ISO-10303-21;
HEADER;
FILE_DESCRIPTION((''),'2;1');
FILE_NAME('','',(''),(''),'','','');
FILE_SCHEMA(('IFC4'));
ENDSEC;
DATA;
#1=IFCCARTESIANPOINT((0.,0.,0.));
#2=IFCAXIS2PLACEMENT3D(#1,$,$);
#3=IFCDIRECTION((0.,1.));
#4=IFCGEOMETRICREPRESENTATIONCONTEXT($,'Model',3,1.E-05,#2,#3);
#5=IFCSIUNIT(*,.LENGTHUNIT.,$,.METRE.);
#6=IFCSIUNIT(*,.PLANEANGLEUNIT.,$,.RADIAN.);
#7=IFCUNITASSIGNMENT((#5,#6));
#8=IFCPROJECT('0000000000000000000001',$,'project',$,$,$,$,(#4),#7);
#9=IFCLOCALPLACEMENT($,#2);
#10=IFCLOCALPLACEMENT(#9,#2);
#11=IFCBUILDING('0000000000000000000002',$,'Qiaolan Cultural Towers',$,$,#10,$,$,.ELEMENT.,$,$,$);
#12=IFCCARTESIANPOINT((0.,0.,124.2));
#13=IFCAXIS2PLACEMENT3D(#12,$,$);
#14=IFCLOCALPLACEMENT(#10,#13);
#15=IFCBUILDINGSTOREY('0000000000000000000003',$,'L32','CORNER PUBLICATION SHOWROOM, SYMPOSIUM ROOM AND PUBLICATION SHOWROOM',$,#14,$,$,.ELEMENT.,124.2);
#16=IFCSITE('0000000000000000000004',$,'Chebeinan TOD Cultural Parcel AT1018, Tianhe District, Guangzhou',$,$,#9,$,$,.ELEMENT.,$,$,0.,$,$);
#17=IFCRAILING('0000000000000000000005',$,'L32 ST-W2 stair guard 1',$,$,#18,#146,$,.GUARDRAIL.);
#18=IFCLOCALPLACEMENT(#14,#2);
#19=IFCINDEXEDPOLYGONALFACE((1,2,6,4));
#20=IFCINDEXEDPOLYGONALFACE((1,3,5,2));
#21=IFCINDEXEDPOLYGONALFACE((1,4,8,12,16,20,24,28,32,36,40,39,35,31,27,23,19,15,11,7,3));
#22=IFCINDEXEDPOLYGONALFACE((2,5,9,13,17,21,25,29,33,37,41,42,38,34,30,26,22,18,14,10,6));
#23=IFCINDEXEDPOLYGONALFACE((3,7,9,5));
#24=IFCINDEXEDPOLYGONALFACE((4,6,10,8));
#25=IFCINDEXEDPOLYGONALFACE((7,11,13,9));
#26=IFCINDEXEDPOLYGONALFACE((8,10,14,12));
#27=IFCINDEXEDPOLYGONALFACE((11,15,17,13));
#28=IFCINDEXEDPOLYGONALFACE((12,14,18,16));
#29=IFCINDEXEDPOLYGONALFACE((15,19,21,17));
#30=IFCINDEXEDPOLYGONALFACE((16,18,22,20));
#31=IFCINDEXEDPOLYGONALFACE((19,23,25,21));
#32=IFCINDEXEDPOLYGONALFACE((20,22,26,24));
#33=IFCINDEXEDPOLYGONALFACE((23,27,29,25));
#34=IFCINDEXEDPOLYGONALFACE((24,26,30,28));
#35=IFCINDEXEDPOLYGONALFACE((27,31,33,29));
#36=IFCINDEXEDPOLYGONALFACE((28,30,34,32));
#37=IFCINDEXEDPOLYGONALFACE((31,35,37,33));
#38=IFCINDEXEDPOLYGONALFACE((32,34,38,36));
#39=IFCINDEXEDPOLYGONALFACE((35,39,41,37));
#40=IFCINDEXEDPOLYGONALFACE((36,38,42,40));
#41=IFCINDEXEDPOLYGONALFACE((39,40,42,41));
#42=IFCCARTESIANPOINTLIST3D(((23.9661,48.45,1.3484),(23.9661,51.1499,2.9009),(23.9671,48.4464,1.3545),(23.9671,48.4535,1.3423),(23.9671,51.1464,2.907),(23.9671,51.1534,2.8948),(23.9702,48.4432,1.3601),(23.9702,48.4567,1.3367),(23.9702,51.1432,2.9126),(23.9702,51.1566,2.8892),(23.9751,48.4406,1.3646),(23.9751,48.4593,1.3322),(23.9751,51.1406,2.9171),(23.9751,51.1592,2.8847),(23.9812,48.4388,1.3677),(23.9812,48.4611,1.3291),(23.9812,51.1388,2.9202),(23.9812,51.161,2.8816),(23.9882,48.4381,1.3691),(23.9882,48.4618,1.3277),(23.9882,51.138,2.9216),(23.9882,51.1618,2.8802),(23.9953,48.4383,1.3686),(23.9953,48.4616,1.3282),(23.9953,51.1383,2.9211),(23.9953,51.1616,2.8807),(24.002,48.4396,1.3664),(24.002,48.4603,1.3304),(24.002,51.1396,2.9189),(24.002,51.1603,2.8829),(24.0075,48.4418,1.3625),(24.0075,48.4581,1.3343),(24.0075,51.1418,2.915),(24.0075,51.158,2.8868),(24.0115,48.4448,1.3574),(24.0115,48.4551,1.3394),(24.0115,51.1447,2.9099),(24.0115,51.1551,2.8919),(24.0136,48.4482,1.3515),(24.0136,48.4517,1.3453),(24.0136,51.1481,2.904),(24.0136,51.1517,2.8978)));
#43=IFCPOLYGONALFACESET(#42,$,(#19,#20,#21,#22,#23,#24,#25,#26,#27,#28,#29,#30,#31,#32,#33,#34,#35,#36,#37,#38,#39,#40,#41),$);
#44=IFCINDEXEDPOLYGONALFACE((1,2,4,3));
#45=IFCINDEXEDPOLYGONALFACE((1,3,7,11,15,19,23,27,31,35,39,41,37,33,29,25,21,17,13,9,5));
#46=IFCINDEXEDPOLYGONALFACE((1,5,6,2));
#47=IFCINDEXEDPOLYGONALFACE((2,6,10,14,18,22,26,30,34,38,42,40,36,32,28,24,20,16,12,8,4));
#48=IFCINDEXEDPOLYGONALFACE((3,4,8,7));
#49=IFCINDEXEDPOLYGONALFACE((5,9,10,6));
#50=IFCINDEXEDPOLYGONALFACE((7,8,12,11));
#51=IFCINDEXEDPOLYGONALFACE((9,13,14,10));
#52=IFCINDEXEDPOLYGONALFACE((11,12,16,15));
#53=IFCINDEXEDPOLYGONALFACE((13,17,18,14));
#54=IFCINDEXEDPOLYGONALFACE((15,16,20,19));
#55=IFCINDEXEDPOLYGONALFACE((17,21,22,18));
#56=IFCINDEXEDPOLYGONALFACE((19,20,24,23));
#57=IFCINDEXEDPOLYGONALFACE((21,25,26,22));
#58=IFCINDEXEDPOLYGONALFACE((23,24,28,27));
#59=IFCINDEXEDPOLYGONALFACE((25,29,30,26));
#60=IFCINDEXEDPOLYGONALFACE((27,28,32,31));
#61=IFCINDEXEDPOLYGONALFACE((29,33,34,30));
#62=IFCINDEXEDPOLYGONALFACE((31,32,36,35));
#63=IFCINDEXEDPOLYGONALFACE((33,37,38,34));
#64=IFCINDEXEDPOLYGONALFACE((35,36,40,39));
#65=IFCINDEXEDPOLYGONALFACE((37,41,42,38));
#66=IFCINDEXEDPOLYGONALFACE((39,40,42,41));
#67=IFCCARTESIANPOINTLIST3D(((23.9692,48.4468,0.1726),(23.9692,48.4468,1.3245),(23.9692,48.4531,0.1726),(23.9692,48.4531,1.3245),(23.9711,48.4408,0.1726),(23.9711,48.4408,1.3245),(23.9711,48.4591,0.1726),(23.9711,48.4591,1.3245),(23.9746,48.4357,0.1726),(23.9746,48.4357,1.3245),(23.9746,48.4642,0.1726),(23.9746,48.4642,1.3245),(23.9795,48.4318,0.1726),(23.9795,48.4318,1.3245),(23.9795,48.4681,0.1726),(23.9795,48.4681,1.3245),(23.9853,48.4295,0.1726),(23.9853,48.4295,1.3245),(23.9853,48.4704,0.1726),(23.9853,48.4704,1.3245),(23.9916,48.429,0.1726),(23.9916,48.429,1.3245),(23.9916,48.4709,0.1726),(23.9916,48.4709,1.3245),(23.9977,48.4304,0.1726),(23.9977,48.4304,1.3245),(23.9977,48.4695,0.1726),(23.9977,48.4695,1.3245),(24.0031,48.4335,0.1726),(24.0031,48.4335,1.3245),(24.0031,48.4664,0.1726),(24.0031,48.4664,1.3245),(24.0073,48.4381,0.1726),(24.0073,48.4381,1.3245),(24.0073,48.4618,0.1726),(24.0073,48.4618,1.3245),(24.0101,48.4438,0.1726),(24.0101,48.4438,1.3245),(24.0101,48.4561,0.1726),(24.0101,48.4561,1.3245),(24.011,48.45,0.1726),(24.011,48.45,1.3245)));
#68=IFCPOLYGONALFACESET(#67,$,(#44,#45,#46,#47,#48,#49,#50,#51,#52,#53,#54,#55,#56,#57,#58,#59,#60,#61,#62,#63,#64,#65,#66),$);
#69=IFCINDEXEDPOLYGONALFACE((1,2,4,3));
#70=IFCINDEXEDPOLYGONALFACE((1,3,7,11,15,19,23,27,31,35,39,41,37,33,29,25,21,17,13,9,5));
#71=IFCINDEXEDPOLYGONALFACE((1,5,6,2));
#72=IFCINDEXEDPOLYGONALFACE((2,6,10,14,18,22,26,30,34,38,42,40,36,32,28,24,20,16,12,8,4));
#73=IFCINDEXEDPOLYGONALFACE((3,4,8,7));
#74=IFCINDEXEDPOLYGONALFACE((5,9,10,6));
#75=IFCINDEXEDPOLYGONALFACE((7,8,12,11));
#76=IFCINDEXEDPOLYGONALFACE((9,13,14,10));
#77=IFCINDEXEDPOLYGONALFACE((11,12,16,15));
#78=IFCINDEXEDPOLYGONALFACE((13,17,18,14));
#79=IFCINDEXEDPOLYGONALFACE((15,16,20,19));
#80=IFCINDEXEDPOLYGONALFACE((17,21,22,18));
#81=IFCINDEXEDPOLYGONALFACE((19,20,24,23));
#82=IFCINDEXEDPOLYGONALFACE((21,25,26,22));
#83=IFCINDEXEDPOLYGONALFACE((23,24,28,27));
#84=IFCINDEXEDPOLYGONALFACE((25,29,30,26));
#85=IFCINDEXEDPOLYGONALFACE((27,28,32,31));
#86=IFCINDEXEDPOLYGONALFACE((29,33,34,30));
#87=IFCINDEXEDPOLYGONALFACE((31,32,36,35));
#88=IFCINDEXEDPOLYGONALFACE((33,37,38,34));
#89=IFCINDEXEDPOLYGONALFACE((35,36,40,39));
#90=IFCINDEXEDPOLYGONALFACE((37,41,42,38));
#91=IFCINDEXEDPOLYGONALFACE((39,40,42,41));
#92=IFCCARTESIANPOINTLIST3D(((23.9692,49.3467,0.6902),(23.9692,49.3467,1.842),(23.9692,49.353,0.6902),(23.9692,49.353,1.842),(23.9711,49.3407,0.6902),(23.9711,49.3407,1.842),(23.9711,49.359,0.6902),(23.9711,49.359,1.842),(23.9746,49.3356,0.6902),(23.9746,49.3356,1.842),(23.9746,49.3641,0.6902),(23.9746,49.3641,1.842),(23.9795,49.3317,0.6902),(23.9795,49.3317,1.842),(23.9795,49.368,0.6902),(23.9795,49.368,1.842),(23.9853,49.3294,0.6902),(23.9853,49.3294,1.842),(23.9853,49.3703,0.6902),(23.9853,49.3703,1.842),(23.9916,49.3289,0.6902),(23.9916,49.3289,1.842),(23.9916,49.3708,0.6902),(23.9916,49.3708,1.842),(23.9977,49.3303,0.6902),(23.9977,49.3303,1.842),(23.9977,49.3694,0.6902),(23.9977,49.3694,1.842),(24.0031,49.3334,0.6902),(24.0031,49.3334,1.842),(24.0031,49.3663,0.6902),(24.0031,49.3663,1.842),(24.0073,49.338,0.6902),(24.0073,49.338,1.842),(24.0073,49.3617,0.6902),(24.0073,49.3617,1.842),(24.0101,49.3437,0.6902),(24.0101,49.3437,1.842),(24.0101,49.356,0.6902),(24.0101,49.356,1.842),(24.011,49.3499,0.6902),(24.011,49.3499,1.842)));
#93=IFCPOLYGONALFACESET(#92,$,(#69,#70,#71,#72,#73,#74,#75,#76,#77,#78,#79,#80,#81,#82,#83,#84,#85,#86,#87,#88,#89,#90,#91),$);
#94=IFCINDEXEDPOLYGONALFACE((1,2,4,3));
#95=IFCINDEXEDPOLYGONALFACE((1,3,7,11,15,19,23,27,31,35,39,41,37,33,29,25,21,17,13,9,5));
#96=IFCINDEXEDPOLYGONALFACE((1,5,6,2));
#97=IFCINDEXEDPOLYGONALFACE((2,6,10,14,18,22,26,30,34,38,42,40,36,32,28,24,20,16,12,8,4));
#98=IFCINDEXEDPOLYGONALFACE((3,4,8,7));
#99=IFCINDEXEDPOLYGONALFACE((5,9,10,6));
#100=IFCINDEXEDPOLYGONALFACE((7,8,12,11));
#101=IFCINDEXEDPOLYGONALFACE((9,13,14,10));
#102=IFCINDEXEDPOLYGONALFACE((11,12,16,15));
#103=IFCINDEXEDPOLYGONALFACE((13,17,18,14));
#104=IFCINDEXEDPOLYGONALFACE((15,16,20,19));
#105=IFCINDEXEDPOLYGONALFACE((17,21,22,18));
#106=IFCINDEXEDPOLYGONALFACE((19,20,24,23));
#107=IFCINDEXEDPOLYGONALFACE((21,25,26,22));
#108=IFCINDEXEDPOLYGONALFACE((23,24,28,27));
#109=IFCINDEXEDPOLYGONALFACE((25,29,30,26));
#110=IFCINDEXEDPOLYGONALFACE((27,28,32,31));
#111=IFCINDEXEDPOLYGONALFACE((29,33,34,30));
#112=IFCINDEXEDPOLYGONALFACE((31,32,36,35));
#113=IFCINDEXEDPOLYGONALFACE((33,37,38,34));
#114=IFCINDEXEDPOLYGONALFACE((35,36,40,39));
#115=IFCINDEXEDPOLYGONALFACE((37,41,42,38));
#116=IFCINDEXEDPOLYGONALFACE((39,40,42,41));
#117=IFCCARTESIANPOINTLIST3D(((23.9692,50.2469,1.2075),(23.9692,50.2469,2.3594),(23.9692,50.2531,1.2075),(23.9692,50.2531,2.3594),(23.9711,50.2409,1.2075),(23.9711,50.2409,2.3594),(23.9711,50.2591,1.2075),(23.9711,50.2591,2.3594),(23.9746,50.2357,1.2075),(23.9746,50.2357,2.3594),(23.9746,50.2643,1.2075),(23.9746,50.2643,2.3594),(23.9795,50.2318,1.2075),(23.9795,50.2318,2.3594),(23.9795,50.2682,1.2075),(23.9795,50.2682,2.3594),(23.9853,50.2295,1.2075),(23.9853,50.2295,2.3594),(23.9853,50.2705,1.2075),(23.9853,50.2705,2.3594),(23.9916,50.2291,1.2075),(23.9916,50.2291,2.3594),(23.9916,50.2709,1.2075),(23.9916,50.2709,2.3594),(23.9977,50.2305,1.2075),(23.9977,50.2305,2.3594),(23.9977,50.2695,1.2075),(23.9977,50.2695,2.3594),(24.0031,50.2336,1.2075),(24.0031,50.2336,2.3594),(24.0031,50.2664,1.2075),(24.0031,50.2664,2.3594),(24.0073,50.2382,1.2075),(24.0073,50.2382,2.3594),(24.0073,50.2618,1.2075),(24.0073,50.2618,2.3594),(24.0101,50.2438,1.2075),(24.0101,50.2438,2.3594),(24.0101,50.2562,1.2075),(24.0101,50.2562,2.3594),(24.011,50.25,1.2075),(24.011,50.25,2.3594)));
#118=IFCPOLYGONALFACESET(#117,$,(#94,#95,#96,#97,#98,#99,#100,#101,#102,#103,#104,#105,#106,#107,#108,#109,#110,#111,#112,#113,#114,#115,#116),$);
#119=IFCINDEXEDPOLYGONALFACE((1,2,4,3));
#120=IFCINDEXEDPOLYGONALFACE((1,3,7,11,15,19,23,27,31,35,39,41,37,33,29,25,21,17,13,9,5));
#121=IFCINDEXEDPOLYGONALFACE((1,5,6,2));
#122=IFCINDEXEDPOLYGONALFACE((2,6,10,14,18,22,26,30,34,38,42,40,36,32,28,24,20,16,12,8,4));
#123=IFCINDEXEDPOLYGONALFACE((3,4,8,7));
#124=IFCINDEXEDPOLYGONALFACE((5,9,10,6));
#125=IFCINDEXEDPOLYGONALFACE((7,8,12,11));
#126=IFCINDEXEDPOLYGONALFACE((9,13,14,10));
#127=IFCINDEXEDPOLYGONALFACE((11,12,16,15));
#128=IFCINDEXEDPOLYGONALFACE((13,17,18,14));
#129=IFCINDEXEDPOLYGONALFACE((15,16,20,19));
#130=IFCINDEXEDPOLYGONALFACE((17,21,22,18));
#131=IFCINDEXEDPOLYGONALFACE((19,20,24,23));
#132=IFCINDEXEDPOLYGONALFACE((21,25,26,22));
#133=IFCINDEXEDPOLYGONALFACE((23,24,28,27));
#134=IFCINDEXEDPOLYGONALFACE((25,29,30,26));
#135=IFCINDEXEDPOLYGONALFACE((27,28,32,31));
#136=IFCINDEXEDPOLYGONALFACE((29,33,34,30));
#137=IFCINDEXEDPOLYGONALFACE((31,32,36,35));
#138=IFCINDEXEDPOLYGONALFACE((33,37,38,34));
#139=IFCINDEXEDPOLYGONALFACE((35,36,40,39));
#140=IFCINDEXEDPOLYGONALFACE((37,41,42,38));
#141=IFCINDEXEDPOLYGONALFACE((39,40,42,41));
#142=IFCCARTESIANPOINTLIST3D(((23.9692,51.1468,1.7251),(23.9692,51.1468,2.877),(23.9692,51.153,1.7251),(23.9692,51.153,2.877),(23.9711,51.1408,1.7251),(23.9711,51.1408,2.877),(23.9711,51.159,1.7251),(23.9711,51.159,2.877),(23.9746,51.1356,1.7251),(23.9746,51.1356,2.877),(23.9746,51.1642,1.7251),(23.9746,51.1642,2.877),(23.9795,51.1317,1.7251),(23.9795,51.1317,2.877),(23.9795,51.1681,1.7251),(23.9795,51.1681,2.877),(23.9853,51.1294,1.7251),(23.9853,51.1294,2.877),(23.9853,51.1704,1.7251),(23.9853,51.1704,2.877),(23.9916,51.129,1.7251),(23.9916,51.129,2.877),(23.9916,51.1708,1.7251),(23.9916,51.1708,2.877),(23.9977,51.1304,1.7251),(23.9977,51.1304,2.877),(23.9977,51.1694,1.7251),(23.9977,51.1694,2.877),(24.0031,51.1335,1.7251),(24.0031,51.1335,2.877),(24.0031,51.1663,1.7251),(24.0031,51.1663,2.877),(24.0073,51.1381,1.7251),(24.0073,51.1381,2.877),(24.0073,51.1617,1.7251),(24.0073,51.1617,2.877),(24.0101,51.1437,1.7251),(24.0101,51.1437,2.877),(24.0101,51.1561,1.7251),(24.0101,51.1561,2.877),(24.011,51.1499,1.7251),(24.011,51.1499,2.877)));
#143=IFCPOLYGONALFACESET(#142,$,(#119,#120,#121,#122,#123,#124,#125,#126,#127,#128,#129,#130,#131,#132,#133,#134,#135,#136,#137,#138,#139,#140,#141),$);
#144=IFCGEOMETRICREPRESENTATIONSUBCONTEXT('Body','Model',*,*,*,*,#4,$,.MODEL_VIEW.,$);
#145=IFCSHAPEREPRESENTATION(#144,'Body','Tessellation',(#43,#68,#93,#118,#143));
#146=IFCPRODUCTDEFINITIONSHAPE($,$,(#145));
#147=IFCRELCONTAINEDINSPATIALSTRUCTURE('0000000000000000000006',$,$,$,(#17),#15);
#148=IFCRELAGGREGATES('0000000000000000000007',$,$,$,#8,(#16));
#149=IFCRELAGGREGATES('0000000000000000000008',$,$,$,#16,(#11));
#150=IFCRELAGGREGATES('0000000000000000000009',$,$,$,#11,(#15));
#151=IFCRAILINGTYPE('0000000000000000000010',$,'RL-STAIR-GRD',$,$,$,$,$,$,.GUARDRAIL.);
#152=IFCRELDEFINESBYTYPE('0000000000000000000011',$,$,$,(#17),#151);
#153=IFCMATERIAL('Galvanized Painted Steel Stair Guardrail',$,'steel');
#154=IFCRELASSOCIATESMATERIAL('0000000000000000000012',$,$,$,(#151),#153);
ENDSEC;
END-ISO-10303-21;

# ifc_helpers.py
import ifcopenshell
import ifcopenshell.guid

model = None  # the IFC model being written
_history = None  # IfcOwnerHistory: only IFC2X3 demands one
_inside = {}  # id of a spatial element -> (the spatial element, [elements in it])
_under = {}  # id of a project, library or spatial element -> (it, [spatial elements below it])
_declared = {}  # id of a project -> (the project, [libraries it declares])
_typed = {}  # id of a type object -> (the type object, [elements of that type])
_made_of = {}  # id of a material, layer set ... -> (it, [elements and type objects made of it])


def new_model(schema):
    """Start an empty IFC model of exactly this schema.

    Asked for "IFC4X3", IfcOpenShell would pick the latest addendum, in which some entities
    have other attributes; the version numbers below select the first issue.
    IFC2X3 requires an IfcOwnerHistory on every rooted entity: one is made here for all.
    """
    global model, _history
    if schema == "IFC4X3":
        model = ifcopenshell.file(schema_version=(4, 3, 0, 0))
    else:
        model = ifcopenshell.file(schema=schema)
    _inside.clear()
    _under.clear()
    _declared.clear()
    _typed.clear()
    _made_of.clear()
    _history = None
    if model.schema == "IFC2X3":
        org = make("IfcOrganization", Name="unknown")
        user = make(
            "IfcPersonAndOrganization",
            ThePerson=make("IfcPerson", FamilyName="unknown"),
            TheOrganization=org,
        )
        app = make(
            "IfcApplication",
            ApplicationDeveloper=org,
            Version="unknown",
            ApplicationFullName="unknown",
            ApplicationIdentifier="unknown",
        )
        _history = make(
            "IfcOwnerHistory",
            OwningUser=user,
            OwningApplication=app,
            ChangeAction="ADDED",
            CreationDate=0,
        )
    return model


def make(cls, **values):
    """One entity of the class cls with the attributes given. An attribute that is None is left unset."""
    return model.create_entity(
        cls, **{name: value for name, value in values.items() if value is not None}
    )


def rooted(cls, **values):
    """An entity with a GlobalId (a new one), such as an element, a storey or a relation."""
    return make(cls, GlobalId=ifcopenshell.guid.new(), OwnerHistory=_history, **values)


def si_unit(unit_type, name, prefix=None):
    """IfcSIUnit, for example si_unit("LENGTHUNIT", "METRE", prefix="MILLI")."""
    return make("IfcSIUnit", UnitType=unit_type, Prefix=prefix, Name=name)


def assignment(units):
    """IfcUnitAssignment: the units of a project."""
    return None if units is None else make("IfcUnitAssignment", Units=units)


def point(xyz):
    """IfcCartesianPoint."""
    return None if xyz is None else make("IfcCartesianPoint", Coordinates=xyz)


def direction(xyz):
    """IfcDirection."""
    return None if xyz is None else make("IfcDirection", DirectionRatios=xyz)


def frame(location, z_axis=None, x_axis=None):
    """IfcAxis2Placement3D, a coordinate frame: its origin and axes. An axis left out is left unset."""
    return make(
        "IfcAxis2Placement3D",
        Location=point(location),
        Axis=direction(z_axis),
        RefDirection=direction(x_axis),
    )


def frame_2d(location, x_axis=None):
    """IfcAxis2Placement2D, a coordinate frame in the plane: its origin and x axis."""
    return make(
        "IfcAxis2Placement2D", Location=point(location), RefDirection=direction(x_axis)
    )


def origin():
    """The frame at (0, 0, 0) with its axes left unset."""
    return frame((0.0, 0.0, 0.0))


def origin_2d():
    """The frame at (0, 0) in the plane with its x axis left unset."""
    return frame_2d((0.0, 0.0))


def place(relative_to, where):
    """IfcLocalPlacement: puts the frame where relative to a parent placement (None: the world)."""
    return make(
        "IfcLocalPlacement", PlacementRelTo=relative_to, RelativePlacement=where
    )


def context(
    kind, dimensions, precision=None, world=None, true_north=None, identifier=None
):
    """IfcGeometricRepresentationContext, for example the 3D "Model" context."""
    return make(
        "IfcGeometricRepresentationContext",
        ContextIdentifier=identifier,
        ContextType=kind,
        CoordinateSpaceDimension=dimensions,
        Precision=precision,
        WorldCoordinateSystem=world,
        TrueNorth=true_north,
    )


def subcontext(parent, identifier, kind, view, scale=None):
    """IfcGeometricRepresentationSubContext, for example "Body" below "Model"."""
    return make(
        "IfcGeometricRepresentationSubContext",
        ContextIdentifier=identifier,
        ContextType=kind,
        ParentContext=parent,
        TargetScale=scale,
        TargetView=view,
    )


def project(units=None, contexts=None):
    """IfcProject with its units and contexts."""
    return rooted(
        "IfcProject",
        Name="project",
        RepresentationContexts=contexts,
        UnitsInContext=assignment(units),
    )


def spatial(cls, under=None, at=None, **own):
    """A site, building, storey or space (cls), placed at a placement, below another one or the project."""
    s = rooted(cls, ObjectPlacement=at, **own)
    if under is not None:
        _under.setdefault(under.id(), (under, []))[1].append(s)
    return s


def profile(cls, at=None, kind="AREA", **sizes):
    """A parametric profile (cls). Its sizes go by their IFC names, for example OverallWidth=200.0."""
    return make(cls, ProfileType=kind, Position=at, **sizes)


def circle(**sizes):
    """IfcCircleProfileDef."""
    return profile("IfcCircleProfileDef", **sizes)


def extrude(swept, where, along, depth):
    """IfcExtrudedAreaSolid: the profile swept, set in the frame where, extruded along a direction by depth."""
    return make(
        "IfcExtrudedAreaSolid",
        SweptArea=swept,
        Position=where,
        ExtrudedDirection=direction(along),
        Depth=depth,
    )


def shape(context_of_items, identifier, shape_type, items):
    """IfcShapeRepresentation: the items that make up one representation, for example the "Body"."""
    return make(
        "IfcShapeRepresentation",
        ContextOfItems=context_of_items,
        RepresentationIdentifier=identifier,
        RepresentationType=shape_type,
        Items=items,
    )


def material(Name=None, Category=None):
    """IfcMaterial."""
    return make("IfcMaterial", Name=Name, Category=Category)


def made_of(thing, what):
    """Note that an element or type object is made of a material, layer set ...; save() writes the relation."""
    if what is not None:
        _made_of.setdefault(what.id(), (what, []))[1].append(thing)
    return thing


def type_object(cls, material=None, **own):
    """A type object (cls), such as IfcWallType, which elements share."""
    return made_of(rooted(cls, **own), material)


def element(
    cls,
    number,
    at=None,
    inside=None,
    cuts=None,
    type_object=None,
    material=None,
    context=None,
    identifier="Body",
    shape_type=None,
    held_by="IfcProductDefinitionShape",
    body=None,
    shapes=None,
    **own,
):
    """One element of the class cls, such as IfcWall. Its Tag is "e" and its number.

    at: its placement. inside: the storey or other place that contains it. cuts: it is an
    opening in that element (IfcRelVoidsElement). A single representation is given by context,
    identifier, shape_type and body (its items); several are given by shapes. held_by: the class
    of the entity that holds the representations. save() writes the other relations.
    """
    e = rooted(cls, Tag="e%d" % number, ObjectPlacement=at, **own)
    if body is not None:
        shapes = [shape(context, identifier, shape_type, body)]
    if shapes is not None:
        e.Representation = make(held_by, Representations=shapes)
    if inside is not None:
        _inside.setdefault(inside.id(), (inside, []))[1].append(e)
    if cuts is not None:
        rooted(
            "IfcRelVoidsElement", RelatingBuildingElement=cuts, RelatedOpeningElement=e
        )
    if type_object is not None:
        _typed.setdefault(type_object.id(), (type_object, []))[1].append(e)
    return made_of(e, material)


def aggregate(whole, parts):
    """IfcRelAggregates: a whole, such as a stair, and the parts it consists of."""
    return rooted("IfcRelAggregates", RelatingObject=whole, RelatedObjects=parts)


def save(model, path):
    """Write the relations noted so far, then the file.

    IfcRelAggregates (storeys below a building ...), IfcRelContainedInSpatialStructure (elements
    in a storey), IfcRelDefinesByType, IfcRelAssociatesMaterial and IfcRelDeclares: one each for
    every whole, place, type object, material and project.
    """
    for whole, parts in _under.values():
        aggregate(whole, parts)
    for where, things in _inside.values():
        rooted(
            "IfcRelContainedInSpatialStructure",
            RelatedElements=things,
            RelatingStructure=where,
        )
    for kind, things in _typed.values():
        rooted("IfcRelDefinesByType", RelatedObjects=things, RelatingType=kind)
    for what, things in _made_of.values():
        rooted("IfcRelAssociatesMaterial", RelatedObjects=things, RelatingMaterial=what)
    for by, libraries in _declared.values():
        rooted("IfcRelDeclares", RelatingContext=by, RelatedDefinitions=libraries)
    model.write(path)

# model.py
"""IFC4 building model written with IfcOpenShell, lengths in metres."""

from ifc_helpers import new_model, si_unit, direction, frame, origin, origin_2d, place, context, subcontext, project, spatial, circle, extrude, material, type_object, element, save


model = new_model("IFC4")

# Units and contexts
model_context = context("Model", 3, precision=1e-05, world=origin(), true_north=direction((0.0, 1.0)))
body_context = subcontext(model_context, "Body", "Model", "MODEL_VIEW")
ifc_project = project(units=[si_unit("LENGTHUNIT", "METRE"), si_unit("PLANEANGLEUNIT", "RADIAN")], contexts=[model_context])

# Site, building, storey
site_placement = place(None, origin())
site = spatial("IfcSite", under=ifc_project, at=site_placement, Name="Chebeinan TOD Cultural Parcel AT1018, Tianhe District, Guangzhou", CompositionType="ELEMENT", RefElevation=0.0)
building_placement = place(site_placement, origin())
building = spatial("IfcBuilding", under=site, at=building_placement, Name="Qiaolan Cultural Towers", CompositionType="ELEMENT")
storey_placement = place(building_placement, frame((0.0, 0.0, 124.2)))
storey = spatial("IfcBuildingStorey", under=building, at=storey_placement, Name="L32", Description="CORNER PUBLICATION SHOWROOM, SYMPOSIUM ROOM AND PUBLICATION SHOWROOM", CompositionType="ELEMENT", Elevation=124.2)

# Railing
ifc_material_1 = material(Name="Galvanized Painted Steel Stair Guardrail", Category="steel")
railing_type_1 = type_object("IfcRailingType", Name="RL-STAIR-GRD", PredefinedType="GUARDRAIL", material=ifc_material_1)
railing_1_placement = place(storey_placement, frame((23.99, 48.45, 0.1726)))
element("IfcRailing", 1, at=railing_1_placement, inside=storey, type_object=railing_type_1, Name="L32 ST-W2 stair guard 1", PredefinedType="GUARDRAIL", context=body_context, shape_type="SweptSolid", body=[
    extrude(circle(Radius=0.0239, at=origin_2d()), frame((0.0, 0.0, 1.1758), z_axis=(0.0, 0.866904, 0.498476), x_axis=(-1.0, 0.0, 0.0)), (0.0, 0.0, 1.0), 3.1145),
    extrude(circle(Radius=0.021, at=origin_2d()), origin(), (0.0, 0.0, 1.0), 1.1519),
    extrude(circle(Radius=0.021, at=origin_2d()), frame((0.0, 0.8999, 0.5176)), (0.0, 0.0, 1.0), 1.1519),
    extrude(circle(Radius=0.021, at=origin_2d()), frame((0.0, 1.8, 1.0349)), (0.0, 0.0, 1.0), 1.1519),
    extrude(circle(Radius=0.021, at=origin_2d()), frame((0.0, 2.7, 1.5525)), (0.0, 0.0, 1.0), 1.1519),
])

save(model, "model.ifc")
